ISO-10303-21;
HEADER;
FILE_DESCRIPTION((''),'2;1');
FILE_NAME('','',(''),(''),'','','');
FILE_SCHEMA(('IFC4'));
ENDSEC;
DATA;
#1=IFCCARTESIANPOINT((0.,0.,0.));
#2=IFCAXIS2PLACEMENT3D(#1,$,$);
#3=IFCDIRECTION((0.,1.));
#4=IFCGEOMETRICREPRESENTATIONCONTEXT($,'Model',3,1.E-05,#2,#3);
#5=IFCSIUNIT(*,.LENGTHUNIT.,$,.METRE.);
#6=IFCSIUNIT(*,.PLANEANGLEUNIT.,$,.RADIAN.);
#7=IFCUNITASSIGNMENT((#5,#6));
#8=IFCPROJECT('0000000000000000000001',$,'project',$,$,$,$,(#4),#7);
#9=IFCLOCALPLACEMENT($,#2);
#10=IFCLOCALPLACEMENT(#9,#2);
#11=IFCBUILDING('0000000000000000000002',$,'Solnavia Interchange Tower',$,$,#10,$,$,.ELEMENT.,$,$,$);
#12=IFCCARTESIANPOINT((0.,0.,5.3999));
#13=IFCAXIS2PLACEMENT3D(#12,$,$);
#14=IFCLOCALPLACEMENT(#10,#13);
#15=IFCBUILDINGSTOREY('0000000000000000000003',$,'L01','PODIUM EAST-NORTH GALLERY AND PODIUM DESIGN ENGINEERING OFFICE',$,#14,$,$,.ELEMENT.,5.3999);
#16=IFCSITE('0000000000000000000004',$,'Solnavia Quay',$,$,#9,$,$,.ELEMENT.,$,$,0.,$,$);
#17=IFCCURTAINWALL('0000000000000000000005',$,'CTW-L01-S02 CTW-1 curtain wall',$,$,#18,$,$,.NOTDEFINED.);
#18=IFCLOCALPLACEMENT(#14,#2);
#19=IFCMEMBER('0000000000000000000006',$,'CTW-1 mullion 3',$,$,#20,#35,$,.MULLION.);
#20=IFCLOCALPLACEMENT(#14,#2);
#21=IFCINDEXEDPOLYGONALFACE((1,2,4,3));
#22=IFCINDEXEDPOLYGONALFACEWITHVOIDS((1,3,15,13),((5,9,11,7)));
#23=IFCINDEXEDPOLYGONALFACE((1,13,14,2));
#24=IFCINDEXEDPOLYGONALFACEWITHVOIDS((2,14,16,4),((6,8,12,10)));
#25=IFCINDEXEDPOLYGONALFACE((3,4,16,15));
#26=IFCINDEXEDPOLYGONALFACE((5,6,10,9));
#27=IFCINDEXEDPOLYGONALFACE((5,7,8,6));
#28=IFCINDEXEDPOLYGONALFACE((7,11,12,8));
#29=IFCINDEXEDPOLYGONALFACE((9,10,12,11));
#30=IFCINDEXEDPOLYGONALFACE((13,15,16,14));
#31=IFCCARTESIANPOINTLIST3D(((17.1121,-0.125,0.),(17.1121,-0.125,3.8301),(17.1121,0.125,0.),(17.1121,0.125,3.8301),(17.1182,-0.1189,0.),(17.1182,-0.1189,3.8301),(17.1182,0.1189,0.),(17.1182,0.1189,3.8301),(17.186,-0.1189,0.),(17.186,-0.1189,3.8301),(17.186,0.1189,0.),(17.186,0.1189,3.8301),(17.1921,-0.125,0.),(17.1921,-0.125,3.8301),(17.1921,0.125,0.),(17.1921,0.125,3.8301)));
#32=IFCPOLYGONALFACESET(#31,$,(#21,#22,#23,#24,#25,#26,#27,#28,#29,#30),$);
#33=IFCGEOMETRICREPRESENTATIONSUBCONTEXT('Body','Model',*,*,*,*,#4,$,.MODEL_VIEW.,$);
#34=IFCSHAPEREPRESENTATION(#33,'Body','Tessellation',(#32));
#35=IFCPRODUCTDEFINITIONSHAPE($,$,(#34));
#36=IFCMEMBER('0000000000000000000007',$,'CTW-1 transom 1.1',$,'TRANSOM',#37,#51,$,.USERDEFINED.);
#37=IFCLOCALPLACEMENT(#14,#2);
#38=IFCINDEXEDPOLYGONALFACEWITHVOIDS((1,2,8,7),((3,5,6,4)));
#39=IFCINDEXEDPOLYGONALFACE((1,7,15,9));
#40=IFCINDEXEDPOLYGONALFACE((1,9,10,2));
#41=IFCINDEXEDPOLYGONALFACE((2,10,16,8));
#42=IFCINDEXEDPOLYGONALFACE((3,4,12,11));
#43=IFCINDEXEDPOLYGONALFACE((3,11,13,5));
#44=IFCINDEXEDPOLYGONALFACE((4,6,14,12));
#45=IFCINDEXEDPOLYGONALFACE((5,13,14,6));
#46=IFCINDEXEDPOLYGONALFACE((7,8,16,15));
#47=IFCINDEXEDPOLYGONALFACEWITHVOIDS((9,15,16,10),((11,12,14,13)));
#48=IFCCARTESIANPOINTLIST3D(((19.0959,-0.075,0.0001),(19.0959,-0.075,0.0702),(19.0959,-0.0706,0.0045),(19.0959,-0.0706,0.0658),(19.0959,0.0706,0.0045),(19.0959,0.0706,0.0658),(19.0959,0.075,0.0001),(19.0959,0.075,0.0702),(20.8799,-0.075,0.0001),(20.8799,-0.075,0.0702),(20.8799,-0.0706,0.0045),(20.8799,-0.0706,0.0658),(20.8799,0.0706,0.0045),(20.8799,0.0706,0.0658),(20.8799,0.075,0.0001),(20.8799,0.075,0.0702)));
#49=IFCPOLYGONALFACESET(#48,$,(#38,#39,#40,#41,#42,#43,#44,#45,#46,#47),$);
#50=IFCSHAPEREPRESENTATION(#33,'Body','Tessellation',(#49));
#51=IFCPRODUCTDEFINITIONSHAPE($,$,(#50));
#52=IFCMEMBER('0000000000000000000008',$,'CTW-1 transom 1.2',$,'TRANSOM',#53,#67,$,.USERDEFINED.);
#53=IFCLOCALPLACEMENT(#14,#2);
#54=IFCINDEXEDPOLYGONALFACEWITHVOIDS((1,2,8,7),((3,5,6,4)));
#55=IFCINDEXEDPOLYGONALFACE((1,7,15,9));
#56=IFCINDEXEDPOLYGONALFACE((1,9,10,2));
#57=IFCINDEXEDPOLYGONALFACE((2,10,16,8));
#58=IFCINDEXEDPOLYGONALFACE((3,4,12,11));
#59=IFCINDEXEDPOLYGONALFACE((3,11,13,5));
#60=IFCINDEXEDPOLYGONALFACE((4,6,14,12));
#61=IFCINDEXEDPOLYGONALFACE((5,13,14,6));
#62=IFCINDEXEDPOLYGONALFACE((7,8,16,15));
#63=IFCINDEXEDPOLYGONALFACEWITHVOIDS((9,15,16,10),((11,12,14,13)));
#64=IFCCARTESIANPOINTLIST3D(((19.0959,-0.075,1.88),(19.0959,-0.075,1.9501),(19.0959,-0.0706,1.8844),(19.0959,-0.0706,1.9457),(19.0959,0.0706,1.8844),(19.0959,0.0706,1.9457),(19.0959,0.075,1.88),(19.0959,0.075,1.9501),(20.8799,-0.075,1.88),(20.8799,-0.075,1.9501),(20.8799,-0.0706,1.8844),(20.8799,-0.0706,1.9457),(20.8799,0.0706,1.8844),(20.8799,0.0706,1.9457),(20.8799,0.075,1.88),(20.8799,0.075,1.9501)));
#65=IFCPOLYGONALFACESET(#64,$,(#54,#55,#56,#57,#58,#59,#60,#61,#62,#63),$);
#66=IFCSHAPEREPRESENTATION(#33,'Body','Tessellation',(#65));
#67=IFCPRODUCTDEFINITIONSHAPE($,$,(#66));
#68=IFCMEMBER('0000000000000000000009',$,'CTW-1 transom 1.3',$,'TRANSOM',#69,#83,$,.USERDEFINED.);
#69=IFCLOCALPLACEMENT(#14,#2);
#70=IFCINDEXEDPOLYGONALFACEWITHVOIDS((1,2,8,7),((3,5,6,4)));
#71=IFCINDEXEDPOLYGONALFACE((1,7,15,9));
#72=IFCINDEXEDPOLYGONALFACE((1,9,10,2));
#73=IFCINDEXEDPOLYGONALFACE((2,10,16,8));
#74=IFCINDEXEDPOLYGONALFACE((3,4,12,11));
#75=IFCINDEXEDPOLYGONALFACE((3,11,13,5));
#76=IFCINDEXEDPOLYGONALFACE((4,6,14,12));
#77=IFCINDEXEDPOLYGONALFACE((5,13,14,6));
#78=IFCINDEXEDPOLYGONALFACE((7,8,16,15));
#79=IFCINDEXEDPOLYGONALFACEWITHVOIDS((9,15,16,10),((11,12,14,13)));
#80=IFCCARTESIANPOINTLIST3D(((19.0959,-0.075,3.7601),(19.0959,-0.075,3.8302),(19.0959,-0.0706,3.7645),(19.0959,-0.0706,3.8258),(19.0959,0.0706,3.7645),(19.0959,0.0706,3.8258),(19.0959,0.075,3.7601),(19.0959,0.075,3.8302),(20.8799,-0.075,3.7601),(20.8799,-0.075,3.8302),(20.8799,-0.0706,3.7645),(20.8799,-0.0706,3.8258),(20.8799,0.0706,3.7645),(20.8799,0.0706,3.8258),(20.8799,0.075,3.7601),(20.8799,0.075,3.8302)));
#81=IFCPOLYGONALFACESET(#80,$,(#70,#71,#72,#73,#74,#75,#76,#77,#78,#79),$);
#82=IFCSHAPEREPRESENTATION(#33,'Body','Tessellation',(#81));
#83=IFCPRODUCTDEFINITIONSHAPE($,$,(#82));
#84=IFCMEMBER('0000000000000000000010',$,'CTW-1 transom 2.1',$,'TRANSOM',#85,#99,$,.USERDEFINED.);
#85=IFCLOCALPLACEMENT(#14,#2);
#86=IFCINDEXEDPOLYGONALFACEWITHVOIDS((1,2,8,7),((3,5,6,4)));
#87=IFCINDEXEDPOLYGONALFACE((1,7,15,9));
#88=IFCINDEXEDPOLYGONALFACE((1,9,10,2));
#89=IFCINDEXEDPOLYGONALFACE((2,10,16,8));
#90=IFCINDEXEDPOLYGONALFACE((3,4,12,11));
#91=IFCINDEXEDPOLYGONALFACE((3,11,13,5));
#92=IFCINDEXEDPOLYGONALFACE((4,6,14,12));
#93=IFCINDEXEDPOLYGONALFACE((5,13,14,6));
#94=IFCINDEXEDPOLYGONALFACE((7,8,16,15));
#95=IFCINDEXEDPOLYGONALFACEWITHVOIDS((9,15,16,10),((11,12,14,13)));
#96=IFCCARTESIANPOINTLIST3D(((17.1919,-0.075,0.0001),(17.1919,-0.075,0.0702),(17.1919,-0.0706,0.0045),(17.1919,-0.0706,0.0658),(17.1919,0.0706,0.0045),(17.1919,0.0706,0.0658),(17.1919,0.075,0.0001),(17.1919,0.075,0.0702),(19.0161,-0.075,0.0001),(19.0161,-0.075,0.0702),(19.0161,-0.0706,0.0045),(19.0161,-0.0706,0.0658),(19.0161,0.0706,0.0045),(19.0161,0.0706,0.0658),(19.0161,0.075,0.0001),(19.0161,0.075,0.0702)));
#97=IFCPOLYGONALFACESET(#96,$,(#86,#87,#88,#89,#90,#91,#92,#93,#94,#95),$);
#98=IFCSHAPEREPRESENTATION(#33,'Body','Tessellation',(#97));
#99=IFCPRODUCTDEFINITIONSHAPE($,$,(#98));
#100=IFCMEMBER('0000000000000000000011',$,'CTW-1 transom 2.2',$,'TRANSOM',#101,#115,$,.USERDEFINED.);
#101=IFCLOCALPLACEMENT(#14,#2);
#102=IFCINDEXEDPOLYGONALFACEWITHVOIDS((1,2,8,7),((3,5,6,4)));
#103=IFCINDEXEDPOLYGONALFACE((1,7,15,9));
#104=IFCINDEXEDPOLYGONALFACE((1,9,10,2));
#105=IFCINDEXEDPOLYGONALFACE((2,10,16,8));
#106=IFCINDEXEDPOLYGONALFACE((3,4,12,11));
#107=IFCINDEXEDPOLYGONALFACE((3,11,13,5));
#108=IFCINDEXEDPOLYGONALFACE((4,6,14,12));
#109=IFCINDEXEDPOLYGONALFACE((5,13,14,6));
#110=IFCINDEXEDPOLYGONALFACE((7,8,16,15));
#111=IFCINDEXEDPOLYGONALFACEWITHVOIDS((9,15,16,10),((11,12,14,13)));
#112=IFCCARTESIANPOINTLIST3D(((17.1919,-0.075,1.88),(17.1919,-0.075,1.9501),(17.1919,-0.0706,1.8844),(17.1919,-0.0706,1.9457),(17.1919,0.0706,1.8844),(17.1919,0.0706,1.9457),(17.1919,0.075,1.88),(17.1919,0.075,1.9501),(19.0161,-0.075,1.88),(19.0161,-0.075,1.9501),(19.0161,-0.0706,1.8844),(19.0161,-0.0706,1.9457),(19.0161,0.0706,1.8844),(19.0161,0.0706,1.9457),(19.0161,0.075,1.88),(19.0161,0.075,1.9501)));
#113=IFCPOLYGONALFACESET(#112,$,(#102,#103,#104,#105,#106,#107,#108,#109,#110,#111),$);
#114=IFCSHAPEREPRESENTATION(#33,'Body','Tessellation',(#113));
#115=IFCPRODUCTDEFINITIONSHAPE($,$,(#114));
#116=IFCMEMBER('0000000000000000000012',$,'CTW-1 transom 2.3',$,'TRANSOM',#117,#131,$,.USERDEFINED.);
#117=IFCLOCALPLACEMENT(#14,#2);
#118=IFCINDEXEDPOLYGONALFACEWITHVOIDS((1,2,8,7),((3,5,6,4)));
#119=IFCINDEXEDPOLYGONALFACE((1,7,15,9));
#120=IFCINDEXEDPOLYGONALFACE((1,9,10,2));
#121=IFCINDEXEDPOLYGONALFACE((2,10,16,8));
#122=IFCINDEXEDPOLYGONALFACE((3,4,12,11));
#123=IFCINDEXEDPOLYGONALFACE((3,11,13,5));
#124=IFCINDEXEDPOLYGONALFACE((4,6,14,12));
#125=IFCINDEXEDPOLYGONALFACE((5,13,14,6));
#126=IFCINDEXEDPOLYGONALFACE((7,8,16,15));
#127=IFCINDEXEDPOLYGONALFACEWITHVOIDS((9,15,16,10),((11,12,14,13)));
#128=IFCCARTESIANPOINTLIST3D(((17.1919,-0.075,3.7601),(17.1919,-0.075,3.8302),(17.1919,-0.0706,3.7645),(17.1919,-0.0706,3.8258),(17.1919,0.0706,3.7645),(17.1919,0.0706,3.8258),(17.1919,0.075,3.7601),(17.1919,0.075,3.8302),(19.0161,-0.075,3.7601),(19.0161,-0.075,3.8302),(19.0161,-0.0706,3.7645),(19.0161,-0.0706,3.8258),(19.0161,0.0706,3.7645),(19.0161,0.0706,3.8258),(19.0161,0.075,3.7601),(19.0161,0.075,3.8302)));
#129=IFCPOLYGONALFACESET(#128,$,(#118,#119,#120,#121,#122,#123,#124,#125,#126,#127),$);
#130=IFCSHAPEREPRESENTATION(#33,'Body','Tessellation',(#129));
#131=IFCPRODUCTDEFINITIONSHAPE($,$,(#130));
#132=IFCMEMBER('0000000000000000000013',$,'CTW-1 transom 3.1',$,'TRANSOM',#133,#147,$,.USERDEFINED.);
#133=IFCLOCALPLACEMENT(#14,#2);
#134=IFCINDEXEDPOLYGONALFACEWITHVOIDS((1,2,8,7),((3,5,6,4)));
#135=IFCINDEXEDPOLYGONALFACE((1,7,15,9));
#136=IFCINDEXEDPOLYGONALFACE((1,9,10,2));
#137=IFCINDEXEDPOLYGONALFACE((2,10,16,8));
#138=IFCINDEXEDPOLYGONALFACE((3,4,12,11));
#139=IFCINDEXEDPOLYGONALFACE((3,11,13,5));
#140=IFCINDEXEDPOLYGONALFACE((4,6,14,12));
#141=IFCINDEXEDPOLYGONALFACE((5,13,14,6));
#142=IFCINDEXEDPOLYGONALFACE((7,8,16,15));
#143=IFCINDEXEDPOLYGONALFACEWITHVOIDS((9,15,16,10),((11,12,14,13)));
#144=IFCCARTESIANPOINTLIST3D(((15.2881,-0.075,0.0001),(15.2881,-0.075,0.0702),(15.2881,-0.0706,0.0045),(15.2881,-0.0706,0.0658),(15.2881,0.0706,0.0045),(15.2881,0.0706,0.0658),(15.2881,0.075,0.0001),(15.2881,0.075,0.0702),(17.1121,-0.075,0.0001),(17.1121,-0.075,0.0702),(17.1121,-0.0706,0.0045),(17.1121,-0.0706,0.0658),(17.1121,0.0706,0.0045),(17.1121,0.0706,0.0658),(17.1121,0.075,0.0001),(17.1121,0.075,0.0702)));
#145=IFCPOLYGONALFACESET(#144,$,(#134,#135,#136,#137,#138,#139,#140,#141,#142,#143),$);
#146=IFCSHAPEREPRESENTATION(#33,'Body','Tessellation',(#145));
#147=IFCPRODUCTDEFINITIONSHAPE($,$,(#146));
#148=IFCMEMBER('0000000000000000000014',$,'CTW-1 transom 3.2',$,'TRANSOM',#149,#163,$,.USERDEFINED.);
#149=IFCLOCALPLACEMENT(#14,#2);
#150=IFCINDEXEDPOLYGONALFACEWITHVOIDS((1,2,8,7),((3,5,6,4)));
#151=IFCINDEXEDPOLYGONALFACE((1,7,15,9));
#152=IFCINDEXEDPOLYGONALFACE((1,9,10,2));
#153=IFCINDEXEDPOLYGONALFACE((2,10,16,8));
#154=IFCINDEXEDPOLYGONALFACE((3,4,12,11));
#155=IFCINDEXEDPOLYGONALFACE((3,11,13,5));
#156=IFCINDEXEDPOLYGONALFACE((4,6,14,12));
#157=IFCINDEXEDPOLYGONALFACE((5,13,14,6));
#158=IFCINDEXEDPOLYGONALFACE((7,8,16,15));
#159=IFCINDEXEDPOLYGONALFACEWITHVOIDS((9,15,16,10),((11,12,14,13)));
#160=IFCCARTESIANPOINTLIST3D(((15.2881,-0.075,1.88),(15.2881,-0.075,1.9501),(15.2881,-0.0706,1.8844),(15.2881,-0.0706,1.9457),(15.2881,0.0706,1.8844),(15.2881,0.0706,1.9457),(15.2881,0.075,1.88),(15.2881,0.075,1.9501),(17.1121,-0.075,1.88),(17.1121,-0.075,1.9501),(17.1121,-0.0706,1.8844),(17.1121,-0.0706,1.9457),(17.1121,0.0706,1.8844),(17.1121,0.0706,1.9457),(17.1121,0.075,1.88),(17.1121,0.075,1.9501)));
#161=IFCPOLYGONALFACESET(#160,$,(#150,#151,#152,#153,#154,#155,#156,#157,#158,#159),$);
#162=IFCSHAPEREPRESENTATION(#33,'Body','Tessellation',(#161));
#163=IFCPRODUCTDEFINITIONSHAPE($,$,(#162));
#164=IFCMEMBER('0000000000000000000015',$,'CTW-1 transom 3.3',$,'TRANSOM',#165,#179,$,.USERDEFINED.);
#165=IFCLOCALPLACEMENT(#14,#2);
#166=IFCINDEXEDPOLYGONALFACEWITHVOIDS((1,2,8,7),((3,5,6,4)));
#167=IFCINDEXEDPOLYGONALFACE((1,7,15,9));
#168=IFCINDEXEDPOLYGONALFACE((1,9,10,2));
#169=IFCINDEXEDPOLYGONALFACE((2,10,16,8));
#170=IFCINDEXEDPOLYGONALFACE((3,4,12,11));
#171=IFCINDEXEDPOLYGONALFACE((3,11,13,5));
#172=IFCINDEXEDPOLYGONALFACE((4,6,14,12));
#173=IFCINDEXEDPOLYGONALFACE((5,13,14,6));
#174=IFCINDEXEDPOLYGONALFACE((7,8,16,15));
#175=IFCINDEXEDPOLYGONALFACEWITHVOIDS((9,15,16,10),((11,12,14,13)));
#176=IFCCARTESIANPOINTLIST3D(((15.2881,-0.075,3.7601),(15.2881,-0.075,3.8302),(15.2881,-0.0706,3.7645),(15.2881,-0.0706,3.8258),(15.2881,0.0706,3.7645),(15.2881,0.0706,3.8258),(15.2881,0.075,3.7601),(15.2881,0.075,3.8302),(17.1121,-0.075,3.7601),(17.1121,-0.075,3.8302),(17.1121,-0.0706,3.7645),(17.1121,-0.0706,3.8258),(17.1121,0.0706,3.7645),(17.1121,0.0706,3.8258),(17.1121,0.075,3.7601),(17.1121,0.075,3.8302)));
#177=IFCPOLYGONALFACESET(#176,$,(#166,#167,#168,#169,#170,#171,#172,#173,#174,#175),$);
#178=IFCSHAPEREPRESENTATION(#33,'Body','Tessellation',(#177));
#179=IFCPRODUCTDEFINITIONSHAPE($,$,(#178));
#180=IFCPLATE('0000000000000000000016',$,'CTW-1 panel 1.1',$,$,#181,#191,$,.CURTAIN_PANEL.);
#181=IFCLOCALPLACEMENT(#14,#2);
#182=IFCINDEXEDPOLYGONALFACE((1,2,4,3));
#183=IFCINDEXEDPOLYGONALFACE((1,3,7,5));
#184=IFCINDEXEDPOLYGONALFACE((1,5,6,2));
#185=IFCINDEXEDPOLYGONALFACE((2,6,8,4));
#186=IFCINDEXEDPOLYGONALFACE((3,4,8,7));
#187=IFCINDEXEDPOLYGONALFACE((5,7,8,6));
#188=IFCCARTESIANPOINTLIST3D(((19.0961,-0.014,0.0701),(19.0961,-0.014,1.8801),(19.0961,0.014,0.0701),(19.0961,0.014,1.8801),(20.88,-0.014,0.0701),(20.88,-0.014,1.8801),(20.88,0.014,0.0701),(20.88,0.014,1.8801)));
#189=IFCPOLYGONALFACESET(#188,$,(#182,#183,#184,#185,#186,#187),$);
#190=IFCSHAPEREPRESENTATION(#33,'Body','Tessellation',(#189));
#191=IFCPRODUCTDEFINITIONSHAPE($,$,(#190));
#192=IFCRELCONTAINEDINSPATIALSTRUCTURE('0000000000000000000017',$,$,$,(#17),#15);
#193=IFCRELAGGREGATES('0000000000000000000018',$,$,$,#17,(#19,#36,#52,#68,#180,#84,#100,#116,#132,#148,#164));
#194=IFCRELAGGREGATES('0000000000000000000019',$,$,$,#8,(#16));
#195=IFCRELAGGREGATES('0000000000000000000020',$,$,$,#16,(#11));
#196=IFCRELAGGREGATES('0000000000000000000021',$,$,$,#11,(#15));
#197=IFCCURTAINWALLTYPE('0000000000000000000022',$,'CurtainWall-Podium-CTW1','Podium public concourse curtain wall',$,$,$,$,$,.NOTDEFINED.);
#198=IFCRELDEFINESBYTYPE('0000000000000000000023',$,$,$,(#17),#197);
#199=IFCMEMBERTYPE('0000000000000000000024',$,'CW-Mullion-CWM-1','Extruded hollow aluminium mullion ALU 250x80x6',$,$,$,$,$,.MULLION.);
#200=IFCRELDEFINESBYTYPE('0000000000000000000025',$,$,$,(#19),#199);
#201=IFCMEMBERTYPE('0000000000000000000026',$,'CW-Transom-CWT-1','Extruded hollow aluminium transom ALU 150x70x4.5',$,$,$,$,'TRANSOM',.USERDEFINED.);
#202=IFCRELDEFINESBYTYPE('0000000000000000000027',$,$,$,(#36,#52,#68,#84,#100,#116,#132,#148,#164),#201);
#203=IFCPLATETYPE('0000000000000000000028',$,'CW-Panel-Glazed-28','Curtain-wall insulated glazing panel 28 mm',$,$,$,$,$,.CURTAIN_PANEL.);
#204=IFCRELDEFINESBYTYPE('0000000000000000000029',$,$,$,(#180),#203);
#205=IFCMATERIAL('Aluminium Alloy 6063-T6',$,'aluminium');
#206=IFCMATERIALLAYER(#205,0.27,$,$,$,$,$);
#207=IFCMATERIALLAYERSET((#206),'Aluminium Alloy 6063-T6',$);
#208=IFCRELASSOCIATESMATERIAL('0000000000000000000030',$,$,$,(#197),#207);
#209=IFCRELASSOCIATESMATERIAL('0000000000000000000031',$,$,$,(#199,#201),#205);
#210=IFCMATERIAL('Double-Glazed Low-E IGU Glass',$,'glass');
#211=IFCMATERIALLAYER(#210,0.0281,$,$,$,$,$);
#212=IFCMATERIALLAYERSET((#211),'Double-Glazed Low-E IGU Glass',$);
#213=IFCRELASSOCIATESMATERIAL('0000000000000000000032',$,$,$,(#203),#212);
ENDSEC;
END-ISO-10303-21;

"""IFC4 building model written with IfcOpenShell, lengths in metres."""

from ifc_helpers import new_model, si_unit, direction, frame, origin, origin_2d, place, context, subcontext, project, spatial, rectangle, hollow_rectangle, extrude, material, layer, layer_set, material_profile, profile_set, type_object, element, aggregate, save


model = new_model("IFC4")

# Units and contexts
model_context = context("Model", 3, precision=1e-05, world=origin(), true_north=direction((0.0, 1.0)))
body_context = subcontext(model_context, "Body", "Model", "MODEL_VIEW")
ifc_project = project(units=[si_unit("LENGTHUNIT", "METRE"), si_unit("PLANEANGLEUNIT", "RADIAN")], contexts=[model_context])

# Site, building, storey
site_placement = place(None, origin())
site = spatial("IfcSite", under=ifc_project, at=site_placement, Name="Solnavia Quay", CompositionType="ELEMENT", RefElevation=0.0)
building_placement = place(site_placement, origin())
building = spatial("IfcBuilding", under=site, at=building_placement, Name="Solnavia Interchange Tower", CompositionType="ELEMENT")
storey_placement = place(building_placement, frame((0.0, 0.0, 5.3999)))
storey = spatial("IfcBuildingStorey", under=building, at=storey_placement, Name="L01", Description="PODIUM EAST-NORTH GALLERY AND PODIUM DESIGN ENGINEERING OFFICE", CompositionType="ELEMENT", Elevation=5.3999)

# Curtain wall, members, plate
ifc_material_1 = material(Name="Aluminium Alloy 6063-T6", Category="aluminium")
ifc_layer_1 = layer(ifc_material_1, 0.27)
ifc_layer_set_1 = layer_set([ifc_layer_1], Name="Aluminium Alloy 6063-T6")
curtain_wall_type = type_object("IfcCurtainWallType", Name="CurtainWall-Podium-CTW1", Description="Podium public concourse curtain wall", PredefinedType="NOTDEFINED", material=ifc_layer_set_1)
curtain_wall_placement = place(storey_placement, origin())
curtain_wall = element("IfcCurtainWall", 1, at=curtain_wall_placement, inside=storey, type_object=curtain_wall_type, Name="CTW-L01-S02 CTW-1 curtain wall", PredefinedType="NOTDEFINED")
ifc_material_profile_1 = material_profile(ifc_material_1, hollow_rectangle(XDim=0.0801, YDim=0.25, WallThickness=0.0061, at=origin_2d()), Name="ALU 250x80x6")
ifc_profile_set_1 = profile_set([ifc_material_profile_1], Name="Aluminium Alloy 6063-T6")
member_type_1 = type_object("IfcMemberType", Name="CW-Mullion-CWM-1", Description="Extruded hollow aluminium mullion ALU 250x80x6", PredefinedType="MULLION", material=ifc_profile_set_1)
member_1_placement = place(storey_placement, frame((17.1521, 0.0, 0.0), z_axis=(0.0, 0.0, 1.0), x_axis=(-1.0, 0.0, 0.0)))
member_1 = element("IfcMember", 2, at=member_1_placement, type_object=member_type_1, Name="CTW-1 mullion 3", PredefinedType="MULLION", context=body_context, shape_type="SweptSolid", body=[
    extrude(hollow_rectangle(XDim=0.0801, YDim=0.25, WallThickness=0.0061, at=origin_2d()), origin(), (0.0, 0.0, 1.0), 3.8301),
])
ifc_material_profile_2 = material_profile(ifc_material_1, hollow_rectangle(XDim=0.0701, YDim=0.1499, WallThickness=0.0044, at=origin_2d()), Name="ALU 150x70x4.5")
ifc_profile_set_2 = profile_set([ifc_material_profile_2], Name="Aluminium Alloy 6063-T6")
member_type_2 = type_object("IfcMemberType", Name="CW-Transom-CWT-1", Description="Extruded hollow aluminium transom ALU 150x70x4.5", ElementType="TRANSOM", PredefinedType="USERDEFINED", material=ifc_profile_set_2)
member_2_placement = place(storey_placement, frame((20.8799, 0.0, 0.0352), z_axis=(-1.0, 0.0, 0.0), x_axis=(0.0, 0.0, 1.0)))
member_2 = element("IfcMember", 3, at=member_2_placement, type_object=member_type_2, Name="CTW-1 transom 1.1", ObjectType="TRANSOM", PredefinedType="USERDEFINED", context=body_context, shape_type="SweptSolid", body=[
    extrude(hollow_rectangle(XDim=0.0701, YDim=0.1499, WallThickness=0.0044, at=origin_2d()), origin(), (0.0, 0.0, 1.0), 1.7839),
])
member_3_placement = place(storey_placement, frame((20.8799, 0.0, 1.915), z_axis=(-1.0, 0.0, 0.0), x_axis=(0.0, 0.0, 1.0)))
member_3 = element("IfcMember", 4, at=member_3_placement, type_object=member_type_2, Name="CTW-1 transom 1.2", ObjectType="TRANSOM", PredefinedType="USERDEFINED", context=body_context, shape_type="SweptSolid", body=[
    extrude(hollow_rectangle(XDim=0.0701, YDim=0.1499, WallThickness=0.0044, at=origin_2d()), origin(), (0.0, 0.0, 1.0), 1.7839),
])
member_4_placement = place(storey_placement, frame((20.8799, 0.0, 3.7952), z_axis=(-1.0, 0.0, 0.0), x_axis=(0.0, 0.0, 1.0)))
member_4 = element("IfcMember", 5, at=member_4_placement, type_object=member_type_2, Name="CTW-1 transom 1.3", ObjectType="TRANSOM", PredefinedType="USERDEFINED", context=body_context, shape_type="SweptSolid", body=[
    extrude(hollow_rectangle(XDim=0.0701, YDim=0.1499, WallThickness=0.0044, at=origin_2d()), origin(), (0.0, 0.0, 1.0), 1.7839),
])
member_5_placement = place(storey_placement, frame((19.0161, 0.0, 0.0352), z_axis=(-1.0, 0.0, 0.0), x_axis=(0.0, 0.0, 1.0)))
member_5 = element("IfcMember", 6, at=member_5_placement, type_object=member_type_2, Name="CTW-1 transom 2.1", ObjectType="TRANSOM", PredefinedType="USERDEFINED", context=body_context, shape_type="SweptSolid", body=[
    extrude(hollow_rectangle(XDim=0.0701, YDim=0.1499, WallThickness=0.0044, at=origin_2d()), origin(), (0.0, 0.0, 1.0), 1.8242),
])
member_6_placement = place(storey_placement, frame((19.0161, 0.0, 1.915), z_axis=(-1.0, 0.0, 0.0), x_axis=(0.0, 0.0, 1.0)))
member_6 = element("IfcMember", 7, at=member_6_placement, type_object=member_type_2, Name="CTW-1 transom 2.2", ObjectType="TRANSOM", PredefinedType="USERDEFINED", context=body_context, shape_type="SweptSolid", body=[
    extrude(hollow_rectangle(XDim=0.0701, YDim=0.1499, WallThickness=0.0044, at=origin_2d()), origin(), (0.0, 0.0, 1.0), 1.8242),
])
member_7_placement = place(storey_placement, frame((19.0161, 0.0, 3.7952), z_axis=(-1.0, 0.0, 0.0), x_axis=(0.0, 0.0, 1.0)))
member_7 = element("IfcMember", 8, at=member_7_placement, type_object=member_type_2, Name="CTW-1 transom 2.3", ObjectType="TRANSOM", PredefinedType="USERDEFINED", context=body_context, shape_type="SweptSolid", body=[
    extrude(hollow_rectangle(XDim=0.0701, YDim=0.1499, WallThickness=0.0044, at=origin_2d()), origin(), (0.0, 0.0, 1.0), 1.8242),
])
member_8_placement = place(storey_placement, frame((17.1121, 0.0, 0.0352), z_axis=(-1.0, 0.0, 0.0), x_axis=(0.0, 0.0, 1.0)))
member_8 = element("IfcMember", 9, at=member_8_placement, type_object=member_type_2, Name="CTW-1 transom 3.1", ObjectType="TRANSOM", PredefinedType="USERDEFINED", context=body_context, shape_type="SweptSolid", body=[
    extrude(hollow_rectangle(XDim=0.0701, YDim=0.1499, WallThickness=0.0044, at=origin_2d()), origin(), (0.0, 0.0, 1.0), 1.824),
])
member_9_placement = place(storey_placement, frame((17.1121, 0.0, 1.915), z_axis=(-1.0, 0.0, 0.0), x_axis=(0.0, 0.0, 1.0)))
member_9 = element("IfcMember", 10, at=member_9_placement, type_object=member_type_2, Name="CTW-1 transom 3.2", ObjectType="TRANSOM", PredefinedType="USERDEFINED", context=body_context, shape_type="SweptSolid", body=[
    extrude(hollow_rectangle(XDim=0.0701, YDim=0.1499, WallThickness=0.0044, at=origin_2d()), origin(), (0.0, 0.0, 1.0), 1.824),
])
member_10_placement = place(storey_placement, frame((17.1121, 0.0, 3.7952), z_axis=(-1.0, 0.0, 0.0), x_axis=(0.0, 0.0, 1.0)))
member_10 = element("IfcMember", 11, at=member_10_placement, type_object=member_type_2, Name="CTW-1 transom 3.3", ObjectType="TRANSOM", PredefinedType="USERDEFINED", context=body_context, shape_type="SweptSolid", body=[
    extrude(hollow_rectangle(XDim=0.0701, YDim=0.1499, WallThickness=0.0044, at=origin_2d()), origin(), (0.0, 0.0, 1.0), 1.824),
])
ifc_material_2 = material(Name="Double-Glazed Low-E IGU Glass", Category="glass")
ifc_layer_2 = layer(ifc_material_2, 0.0281)
ifc_layer_set_2 = layer_set([ifc_layer_2], Name="Double-Glazed Low-E IGU Glass")
plate_type = type_object("IfcPlateType", Name="CW-Panel-Glazed-28", Description="Curtain-wall insulated glazing panel 28 mm", PredefinedType="CURTAIN_PANEL", material=ifc_layer_set_2)
plate_1_placement = place(storey_placement, frame((19.988, 0.0, 0.0701), z_axis=(0.0, 0.0, 1.0), x_axis=(-1.0, 0.0, 0.0)))
plate_1 = element("IfcPlate", 12, at=plate_1_placement, type_object=plate_type, Name="CTW-1 panel 1.1", PredefinedType="CURTAIN_PANEL", context=body_context, shape_type="SweptSolid", body=[
    extrude(rectangle(XDim=1.7839, YDim=0.0281, at=origin_2d()), origin(), (0.0, 0.0, 1.0), 1.8101),
])
aggregate(curtain_wall, [member_1, member_2, member_3, member_4, plate_1, member_5, member_6, member_7, member_8, member_9, member_10])

save(model, "model.ifc")
